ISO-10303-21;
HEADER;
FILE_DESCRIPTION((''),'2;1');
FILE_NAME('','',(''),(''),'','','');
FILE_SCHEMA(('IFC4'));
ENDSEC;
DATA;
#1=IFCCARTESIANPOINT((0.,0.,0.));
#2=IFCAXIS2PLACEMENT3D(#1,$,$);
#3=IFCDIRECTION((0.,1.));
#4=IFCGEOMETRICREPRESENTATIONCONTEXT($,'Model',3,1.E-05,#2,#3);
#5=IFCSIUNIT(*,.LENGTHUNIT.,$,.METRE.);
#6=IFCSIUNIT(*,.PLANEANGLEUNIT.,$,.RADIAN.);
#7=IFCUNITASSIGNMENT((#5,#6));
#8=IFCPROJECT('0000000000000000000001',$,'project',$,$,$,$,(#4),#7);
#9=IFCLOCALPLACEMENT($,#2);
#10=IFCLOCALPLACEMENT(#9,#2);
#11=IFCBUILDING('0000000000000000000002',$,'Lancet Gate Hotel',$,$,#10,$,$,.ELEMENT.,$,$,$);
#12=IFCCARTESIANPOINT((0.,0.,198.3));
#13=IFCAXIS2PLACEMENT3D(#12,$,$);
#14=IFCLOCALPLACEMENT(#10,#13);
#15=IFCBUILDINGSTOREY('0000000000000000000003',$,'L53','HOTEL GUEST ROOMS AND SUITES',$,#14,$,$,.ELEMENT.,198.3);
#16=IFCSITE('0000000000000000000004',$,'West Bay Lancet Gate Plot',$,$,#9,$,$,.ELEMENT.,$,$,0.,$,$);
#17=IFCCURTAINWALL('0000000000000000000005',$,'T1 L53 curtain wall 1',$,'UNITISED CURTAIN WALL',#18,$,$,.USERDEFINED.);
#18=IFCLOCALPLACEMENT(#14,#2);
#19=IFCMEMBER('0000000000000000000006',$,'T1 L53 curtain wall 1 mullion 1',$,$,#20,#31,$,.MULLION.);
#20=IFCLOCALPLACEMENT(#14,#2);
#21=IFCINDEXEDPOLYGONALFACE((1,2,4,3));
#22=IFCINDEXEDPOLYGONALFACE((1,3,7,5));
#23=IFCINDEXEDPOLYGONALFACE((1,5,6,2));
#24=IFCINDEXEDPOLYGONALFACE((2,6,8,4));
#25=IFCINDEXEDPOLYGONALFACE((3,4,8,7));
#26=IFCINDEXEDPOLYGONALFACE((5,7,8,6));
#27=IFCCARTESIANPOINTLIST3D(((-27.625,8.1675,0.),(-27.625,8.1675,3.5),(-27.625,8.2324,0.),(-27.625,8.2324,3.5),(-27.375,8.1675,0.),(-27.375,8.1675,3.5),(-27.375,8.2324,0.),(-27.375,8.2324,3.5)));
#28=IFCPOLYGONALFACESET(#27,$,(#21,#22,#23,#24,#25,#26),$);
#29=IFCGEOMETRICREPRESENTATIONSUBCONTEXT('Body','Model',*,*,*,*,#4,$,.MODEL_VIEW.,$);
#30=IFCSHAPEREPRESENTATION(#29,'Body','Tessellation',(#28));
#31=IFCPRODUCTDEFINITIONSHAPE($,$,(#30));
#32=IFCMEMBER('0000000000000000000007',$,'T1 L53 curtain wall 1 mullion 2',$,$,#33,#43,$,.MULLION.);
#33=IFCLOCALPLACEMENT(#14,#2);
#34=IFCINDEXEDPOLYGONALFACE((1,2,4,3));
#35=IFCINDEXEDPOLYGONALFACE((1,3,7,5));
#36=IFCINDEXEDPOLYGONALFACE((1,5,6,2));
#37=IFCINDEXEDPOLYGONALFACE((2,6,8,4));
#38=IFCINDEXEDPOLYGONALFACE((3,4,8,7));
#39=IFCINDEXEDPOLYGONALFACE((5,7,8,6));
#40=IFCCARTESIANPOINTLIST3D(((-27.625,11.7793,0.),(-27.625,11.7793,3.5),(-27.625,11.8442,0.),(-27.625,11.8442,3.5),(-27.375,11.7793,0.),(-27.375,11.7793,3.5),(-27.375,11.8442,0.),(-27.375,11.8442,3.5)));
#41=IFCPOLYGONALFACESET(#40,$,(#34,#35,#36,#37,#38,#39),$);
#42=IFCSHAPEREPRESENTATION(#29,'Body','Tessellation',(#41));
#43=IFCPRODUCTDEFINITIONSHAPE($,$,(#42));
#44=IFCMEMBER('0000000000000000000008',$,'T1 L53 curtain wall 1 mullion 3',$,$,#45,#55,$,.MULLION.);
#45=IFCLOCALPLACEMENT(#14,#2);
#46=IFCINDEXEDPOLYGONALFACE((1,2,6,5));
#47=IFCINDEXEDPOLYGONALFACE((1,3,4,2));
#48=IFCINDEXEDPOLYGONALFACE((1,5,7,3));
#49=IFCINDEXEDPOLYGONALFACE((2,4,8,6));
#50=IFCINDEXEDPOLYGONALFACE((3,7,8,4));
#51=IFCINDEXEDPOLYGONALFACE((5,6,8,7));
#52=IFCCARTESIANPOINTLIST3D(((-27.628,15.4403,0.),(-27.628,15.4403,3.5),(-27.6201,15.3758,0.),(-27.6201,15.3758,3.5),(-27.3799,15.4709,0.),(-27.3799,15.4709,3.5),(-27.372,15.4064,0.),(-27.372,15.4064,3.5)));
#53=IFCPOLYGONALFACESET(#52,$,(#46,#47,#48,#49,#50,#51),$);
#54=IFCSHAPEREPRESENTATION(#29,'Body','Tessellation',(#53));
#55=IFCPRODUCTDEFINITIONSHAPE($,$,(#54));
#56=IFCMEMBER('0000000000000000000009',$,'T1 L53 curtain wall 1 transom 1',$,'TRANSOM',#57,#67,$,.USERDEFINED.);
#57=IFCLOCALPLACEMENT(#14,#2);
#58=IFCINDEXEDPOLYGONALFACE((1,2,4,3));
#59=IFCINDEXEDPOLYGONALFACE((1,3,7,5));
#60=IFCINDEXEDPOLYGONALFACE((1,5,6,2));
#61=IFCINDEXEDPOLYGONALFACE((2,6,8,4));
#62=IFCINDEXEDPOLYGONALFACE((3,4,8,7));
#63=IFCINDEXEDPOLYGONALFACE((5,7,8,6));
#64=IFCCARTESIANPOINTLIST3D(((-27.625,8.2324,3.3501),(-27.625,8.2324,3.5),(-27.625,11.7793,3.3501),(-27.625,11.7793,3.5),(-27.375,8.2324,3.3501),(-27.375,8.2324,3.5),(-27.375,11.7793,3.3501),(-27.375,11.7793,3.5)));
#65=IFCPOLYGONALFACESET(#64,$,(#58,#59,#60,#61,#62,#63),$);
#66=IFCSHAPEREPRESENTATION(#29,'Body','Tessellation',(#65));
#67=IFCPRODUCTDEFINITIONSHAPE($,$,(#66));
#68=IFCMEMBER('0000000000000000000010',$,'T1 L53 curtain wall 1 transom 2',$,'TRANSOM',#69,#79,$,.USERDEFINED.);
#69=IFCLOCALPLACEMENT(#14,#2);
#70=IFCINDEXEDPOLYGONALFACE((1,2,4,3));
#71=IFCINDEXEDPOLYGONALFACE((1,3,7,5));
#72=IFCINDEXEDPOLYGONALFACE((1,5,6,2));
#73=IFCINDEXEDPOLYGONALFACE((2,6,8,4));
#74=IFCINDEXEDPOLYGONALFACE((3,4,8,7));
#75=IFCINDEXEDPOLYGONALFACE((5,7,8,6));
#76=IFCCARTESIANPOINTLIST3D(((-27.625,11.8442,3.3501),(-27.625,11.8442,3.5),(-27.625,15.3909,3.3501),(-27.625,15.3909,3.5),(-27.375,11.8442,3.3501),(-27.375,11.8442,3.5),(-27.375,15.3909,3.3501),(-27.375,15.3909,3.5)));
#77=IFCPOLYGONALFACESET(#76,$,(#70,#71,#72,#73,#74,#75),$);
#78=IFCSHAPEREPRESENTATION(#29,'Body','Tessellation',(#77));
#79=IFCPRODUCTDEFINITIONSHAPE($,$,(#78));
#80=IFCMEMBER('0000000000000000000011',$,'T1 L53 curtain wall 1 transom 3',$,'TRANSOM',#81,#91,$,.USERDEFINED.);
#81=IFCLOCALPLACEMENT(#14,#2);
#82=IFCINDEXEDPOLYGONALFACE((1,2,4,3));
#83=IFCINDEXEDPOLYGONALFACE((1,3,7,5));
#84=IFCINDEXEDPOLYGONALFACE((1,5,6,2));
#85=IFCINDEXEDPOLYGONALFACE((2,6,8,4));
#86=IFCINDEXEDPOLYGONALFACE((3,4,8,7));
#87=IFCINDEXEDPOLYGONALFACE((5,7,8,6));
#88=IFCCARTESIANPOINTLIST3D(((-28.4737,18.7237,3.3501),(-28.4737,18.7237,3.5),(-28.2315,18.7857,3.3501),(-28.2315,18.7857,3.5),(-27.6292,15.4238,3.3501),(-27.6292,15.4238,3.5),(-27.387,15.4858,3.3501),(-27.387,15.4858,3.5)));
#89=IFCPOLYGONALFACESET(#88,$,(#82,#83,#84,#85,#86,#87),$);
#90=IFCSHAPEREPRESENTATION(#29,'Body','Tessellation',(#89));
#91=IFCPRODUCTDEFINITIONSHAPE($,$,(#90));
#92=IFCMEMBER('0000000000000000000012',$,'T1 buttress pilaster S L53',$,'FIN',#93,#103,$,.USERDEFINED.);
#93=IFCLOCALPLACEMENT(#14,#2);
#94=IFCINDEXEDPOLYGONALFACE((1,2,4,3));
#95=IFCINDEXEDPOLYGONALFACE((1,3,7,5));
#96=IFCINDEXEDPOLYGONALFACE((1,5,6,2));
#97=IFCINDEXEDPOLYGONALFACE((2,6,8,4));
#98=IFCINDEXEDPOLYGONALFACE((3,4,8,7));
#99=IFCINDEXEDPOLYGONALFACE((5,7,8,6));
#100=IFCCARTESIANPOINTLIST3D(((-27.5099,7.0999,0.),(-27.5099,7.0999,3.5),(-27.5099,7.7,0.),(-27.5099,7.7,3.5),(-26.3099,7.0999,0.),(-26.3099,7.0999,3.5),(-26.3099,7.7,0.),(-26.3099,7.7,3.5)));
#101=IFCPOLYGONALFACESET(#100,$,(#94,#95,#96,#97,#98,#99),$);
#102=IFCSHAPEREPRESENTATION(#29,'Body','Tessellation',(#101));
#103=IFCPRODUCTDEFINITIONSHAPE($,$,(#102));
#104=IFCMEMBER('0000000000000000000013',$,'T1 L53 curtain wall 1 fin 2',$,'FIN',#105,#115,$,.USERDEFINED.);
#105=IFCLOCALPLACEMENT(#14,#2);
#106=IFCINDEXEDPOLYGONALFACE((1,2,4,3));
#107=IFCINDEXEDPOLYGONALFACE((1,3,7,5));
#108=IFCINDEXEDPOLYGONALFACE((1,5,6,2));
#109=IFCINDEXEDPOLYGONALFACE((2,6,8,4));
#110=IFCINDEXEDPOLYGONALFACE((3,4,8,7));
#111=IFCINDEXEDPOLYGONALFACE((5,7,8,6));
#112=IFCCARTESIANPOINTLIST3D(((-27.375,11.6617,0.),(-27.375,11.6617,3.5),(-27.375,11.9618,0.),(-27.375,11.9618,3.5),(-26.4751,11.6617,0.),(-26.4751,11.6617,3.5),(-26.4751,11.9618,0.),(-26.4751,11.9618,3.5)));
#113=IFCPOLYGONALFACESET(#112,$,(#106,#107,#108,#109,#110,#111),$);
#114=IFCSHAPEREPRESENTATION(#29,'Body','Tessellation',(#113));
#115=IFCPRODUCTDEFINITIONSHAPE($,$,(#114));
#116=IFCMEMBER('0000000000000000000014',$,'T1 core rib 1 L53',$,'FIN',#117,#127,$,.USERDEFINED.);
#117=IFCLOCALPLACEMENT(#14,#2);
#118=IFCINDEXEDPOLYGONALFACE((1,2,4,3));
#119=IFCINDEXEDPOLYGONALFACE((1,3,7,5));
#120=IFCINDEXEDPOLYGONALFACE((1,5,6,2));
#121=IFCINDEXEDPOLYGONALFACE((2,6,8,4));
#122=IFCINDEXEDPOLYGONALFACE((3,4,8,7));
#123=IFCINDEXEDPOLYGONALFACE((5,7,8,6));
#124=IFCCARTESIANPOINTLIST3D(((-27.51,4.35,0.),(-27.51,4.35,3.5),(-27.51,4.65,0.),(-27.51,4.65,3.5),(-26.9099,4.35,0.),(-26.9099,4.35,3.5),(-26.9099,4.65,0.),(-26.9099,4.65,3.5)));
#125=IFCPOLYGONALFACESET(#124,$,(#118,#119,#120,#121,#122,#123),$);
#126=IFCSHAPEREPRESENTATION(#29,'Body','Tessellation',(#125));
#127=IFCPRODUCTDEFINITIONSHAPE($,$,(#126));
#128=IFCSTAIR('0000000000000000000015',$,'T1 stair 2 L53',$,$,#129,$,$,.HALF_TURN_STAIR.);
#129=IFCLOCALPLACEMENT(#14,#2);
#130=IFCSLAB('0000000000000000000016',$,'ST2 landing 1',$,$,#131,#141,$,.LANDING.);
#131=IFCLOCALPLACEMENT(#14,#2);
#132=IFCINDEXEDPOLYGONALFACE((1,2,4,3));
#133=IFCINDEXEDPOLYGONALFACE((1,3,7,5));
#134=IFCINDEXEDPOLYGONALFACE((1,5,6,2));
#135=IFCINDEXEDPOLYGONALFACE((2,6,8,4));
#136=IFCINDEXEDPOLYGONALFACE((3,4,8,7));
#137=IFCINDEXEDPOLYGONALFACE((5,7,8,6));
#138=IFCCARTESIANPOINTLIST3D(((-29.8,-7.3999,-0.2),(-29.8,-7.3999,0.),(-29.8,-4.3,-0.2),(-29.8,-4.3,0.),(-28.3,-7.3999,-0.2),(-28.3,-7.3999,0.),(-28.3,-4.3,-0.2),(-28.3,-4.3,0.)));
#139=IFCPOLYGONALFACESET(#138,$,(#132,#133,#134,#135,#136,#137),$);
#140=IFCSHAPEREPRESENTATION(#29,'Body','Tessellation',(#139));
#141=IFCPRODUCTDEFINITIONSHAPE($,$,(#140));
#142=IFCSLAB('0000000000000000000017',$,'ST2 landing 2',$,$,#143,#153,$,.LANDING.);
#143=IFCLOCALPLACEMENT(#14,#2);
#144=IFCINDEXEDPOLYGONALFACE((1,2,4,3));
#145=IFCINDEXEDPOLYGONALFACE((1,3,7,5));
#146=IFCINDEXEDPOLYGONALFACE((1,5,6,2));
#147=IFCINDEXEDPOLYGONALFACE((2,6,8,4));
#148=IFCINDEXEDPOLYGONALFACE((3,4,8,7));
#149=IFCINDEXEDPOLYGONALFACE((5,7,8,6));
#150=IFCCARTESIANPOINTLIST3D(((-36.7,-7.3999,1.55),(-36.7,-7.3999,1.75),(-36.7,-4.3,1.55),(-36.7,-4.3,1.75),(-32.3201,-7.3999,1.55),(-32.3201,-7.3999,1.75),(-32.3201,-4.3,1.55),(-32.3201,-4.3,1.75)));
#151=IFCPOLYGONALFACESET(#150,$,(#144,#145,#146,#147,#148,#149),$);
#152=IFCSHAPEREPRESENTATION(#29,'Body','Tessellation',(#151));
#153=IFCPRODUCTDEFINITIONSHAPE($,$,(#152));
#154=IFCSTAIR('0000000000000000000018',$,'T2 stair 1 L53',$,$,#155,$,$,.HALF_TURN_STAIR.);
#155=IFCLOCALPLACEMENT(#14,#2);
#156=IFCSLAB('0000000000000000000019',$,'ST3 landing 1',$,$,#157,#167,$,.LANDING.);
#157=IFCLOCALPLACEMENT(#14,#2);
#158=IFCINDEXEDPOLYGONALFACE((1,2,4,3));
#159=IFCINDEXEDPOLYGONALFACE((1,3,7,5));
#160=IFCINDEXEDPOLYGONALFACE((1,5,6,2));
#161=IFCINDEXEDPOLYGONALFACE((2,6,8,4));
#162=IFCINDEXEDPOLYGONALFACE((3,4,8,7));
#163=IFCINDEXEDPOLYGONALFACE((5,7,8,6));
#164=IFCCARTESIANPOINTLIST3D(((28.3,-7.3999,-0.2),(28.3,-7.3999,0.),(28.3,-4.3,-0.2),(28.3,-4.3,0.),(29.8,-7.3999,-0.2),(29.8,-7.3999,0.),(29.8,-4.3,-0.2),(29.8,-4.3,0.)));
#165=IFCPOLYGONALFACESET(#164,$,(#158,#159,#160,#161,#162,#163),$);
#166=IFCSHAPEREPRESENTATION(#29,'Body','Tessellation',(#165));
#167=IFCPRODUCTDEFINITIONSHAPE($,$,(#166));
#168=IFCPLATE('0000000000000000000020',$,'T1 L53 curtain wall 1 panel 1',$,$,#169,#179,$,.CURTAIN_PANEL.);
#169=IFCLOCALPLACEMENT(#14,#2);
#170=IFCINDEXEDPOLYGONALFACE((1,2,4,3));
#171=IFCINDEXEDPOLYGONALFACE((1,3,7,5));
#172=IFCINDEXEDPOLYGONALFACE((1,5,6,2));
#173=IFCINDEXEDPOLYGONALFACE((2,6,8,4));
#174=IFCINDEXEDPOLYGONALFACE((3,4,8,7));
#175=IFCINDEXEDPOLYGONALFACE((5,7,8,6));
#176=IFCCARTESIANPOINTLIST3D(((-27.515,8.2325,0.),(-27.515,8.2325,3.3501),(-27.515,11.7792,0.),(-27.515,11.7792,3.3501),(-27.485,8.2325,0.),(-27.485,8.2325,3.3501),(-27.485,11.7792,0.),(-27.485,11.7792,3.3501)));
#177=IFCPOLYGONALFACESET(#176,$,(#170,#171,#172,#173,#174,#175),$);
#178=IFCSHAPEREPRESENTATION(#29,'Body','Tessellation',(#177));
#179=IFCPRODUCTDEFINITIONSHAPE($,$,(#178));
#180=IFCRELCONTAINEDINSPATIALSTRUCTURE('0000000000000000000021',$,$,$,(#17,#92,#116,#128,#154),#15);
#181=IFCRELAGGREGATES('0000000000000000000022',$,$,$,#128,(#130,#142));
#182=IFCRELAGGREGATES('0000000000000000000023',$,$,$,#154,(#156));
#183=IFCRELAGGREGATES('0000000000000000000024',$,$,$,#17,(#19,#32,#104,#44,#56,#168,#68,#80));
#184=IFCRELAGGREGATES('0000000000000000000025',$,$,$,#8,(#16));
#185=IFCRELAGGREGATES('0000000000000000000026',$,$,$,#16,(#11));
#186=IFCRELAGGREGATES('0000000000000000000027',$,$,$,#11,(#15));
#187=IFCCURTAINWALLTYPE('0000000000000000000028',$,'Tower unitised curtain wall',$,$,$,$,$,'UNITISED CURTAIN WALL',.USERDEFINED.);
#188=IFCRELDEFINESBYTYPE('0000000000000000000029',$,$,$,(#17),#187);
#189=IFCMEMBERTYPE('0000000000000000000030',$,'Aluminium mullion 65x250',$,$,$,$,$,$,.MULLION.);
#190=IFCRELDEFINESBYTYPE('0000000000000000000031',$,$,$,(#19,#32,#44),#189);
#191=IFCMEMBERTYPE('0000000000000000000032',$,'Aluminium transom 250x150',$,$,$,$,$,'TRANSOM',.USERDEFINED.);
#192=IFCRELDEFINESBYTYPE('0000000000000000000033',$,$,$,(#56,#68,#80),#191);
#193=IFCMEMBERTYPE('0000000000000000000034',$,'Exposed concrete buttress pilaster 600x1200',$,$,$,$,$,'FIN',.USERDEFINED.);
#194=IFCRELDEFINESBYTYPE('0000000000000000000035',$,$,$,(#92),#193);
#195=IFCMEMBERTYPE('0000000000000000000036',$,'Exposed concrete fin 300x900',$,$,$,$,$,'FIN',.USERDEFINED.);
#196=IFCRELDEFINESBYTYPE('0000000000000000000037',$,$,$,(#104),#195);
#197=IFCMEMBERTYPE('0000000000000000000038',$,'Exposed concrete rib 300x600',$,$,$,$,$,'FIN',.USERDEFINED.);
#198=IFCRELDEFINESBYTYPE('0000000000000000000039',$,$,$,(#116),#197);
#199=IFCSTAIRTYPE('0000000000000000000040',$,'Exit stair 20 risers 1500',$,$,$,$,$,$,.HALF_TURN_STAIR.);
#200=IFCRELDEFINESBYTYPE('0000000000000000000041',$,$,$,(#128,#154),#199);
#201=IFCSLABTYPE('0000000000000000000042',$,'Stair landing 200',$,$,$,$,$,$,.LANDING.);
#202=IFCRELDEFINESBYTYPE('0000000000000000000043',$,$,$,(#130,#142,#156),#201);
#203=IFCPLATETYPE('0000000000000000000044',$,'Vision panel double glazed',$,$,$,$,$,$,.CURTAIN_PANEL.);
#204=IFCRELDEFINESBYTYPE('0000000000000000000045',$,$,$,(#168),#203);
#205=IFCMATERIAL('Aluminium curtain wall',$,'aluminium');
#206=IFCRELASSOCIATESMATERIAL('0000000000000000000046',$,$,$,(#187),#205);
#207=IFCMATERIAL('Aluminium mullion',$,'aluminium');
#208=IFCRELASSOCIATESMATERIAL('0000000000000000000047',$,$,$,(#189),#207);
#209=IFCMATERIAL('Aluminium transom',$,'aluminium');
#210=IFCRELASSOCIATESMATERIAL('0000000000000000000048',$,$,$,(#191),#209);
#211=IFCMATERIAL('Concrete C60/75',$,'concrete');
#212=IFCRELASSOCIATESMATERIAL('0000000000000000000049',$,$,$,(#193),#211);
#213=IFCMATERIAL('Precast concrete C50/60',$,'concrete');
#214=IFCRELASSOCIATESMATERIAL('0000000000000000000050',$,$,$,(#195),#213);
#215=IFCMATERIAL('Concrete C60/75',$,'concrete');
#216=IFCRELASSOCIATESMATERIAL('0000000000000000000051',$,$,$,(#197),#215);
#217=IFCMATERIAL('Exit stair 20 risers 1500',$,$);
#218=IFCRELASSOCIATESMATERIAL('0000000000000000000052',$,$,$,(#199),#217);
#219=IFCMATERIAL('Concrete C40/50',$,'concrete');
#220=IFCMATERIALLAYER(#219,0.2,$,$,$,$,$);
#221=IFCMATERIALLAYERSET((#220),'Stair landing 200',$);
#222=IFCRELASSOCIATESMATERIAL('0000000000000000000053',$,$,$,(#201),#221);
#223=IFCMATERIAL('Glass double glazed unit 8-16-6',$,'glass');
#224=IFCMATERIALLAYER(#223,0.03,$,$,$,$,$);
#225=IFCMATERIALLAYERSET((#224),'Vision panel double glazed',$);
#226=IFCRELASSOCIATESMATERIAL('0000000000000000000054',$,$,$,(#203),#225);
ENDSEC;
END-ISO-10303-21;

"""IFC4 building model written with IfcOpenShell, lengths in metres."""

from ifc_helpers import new_model, si_unit, direction, frame, origin, origin_2d, place, context, subcontext, project, spatial, polyline, rectangle, outline, extrude, material, layer, layer_set, material_profile, profile_set, type_object, element, aggregate, save


model = new_model("IFC4")

# Units and contexts
model_context = context("Model", 3, precision=1e-05, world=origin(), true_north=direction((0.0, 1.0)))
body_context = subcontext(model_context, "Body", "Model", "MODEL_VIEW")
ifc_project = project(units=[si_unit("LENGTHUNIT", "METRE"), si_unit("PLANEANGLEUNIT", "RADIAN")], contexts=[model_context])

# Site, building, storey
site_placement = place(None, origin())
site = spatial("IfcSite", under=ifc_project, at=site_placement, Name="West Bay Lancet Gate Plot", CompositionType="ELEMENT", RefElevation=0.0)
building_placement = place(site_placement, origin())
building = spatial("IfcBuilding", under=site, at=building_placement, Name="Lancet Gate Hotel", CompositionType="ELEMENT")
storey_placement = place(building_placement, frame((0.0, 0.0, 198.3)))
storey = spatial("IfcBuildingStorey", under=building, at=storey_placement, Name="L53", Description="HOTEL GUEST ROOMS AND SUITES", CompositionType="ELEMENT", Elevation=198.3)

# Curtain wall, members
ifc_material_1 = material(Name="Aluminium curtain wall", Category="aluminium")
curtain_wall_type = type_object("IfcCurtainWallType", Name="Tower unitised curtain wall", ElementType="UNITISED CURTAIN WALL", PredefinedType="USERDEFINED", material=ifc_material_1)
curtain_wall_placement = place(storey_placement, origin())
curtain_wall = element("IfcCurtainWall", 1, at=curtain_wall_placement, inside=storey, type_object=curtain_wall_type, Name="T1 L53 curtain wall 1", ObjectType="UNITISED CURTAIN WALL", PredefinedType="USERDEFINED")
ifc_material_2 = material(Name="Aluminium mullion", Category="aluminium")
ifc_material_profile_1 = material_profile(ifc_material_2, rectangle(XDim=0.0649, YDim=0.25, at=origin_2d()), Name="MULLION 65x250")
ifc_profile_set_1 = profile_set([ifc_material_profile_1], Name="Aluminium mullion")
member_type_1 = type_object("IfcMemberType", Name="Aluminium mullion 65x250", PredefinedType="MULLION", material=ifc_profile_set_1)
member_1_placement = place(storey_placement, frame((-27.5, 8.2, 0.0), z_axis=(0.0, 0.0, 1.0), x_axis=(0.0, 1.0, 0.0)))
member_1 = element("IfcMember", 2, at=member_1_placement, type_object=member_type_1, Name="T1 L53 curtain wall 1 mullion 1", PredefinedType="MULLION", context=body_context, shape_type="SweptSolid", body=[
    extrude(rectangle(XDim=0.0649, YDim=0.25, at=origin_2d()), origin(), (0.0, 0.0, 1.0), 3.5),
])
member_2_placement = place(storey_placement, frame((-27.5, 11.8118, 0.0), z_axis=(0.0, 0.0, 1.0), x_axis=(0.0, 1.0, 0.0)))
member_2 = element("IfcMember", 3, at=member_2_placement, type_object=member_type_1, Name="T1 L53 curtain wall 1 mullion 2", PredefinedType="MULLION", context=body_context, shape_type="SweptSolid", body=[
    extrude(rectangle(XDim=0.0649, YDim=0.25, at=origin_2d()), origin(), (0.0, 0.0, 1.0), 3.5),
])
member_3_placement = place(storey_placement, frame((-27.5, 15.4233, 0.0), z_axis=(0.0, 0.0, 1.0), x_axis=(-0.122467, 0.992473, 0.0)))
member_3 = element("IfcMember", 4, at=member_3_placement, type_object=member_type_1, Name="T1 L53 curtain wall 1 mullion 3", PredefinedType="MULLION", context=body_context, shape_type="SweptSolid", body=[
    extrude(rectangle(XDim=0.0649, YDim=0.25, at=origin_2d()), origin(), (0.0, 0.0, 1.0), 3.5),
])
ifc_material_3 = material(Name="Aluminium transom", Category="aluminium")
ifc_material_profile_2 = material_profile(ifc_material_3, rectangle(XDim=0.25, YDim=0.1499, at=origin_2d()), Name="TRANSOM 250x150")
ifc_profile_set_2 = profile_set([ifc_material_profile_2], Name="Aluminium transom")
member_type_2 = type_object("IfcMemberType", Name="Aluminium transom 250x150", ElementType="TRANSOM", PredefinedType="USERDEFINED", material=ifc_profile_set_2)
member_4_placement = place(storey_placement, frame((-27.5, 8.2324, 3.425), z_axis=(0.0, 1.0, 0.0), x_axis=(-1.0, 0.0, 0.0)))
member_4 = element("IfcMember", 5, at=member_4_placement, type_object=member_type_2, Name="T1 L53 curtain wall 1 transom 1", ObjectType="TRANSOM", PredefinedType="USERDEFINED", context=body_context, shape_type="SweptSolid", body=[
    extrude(rectangle(XDim=0.25, YDim=0.1499, at=origin_2d()), origin(), (0.0, 0.0, 1.0), 3.5469),
])
member_5_placement = place(storey_placement, frame((-27.5, 11.8442, 3.425), z_axis=(0.0, 1.0, 0.0), x_axis=(-1.0, 0.0, 0.0)))
member_5 = element("IfcMember", 6, at=member_5_placement, type_object=member_type_2, Name="T1 L53 curtain wall 1 transom 2", ObjectType="TRANSOM", PredefinedType="USERDEFINED", context=body_context, shape_type="SweptSolid", body=[
    extrude(rectangle(XDim=0.25, YDim=0.1499, at=origin_2d()), origin(), (0.0, 0.0, 1.0), 3.5466),
])
member_6_placement = place(storey_placement, frame((-27.5081, 15.4548, 3.425), z_axis=(-0.247929, 0.968778, 0.0), x_axis=(-0.968778, -0.247929, 0.0)))
member_6 = element("IfcMember", 7, at=member_6_placement, type_object=member_type_2, Name="T1 L53 curtain wall 1 transom 3", ObjectType="TRANSOM", PredefinedType="USERDEFINED", context=body_context, shape_type="SweptSolid", body=[
    extrude(rectangle(XDim=0.25, YDim=0.1499, at=origin_2d()), origin(), (0.0, 0.0, 1.0), 3.4062),
])

# Members
ifc_material_4 = material(Name="Concrete C60/75", Category="concrete")
ifc_material_profile_3 = material_profile(ifc_material_4, rectangle(XDim=0.6001, YDim=1.2, at=origin_2d()), Name="FIN 600x1200")
ifc_profile_set_3 = profile_set([ifc_material_profile_3], Name="Concrete C60/75")
member_type_3 = type_object("IfcMemberType", Name="Exposed concrete buttress pilaster 600x1200", ElementType="FIN", PredefinedType="USERDEFINED", material=ifc_profile_set_3)
member_7_placement = place(storey_placement, frame((-26.9099, 7.3999, 0.0), z_axis=(0.0, 0.0, 1.0), x_axis=(0.0, 1.0, 0.0)))
element("IfcMember", 8, at=member_7_placement, inside=storey, type_object=member_type_3, Name="T1 buttress pilaster S L53", ObjectType="FIN", PredefinedType="USERDEFINED", context=body_context, shape_type="SweptSolid", body=[
    extrude(rectangle(XDim=0.6001, YDim=1.2, at=origin_2d()), origin(), (0.0, 0.0, 1.0), 3.5),
])
ifc_material_5 = material(Name="Precast concrete C50/60", Category="concrete")
ifc_material_profile_4 = material_profile(ifc_material_5, rectangle(XDim=0.3, YDim=0.8999, at=origin_2d()), Name="FIN 300x900")
ifc_profile_set_4 = profile_set([ifc_material_profile_4], Name="Precast concrete C50/60")
member_type_4 = type_object("IfcMemberType", Name="Exposed concrete fin 300x900", ElementType="FIN", PredefinedType="USERDEFINED", material=ifc_profile_set_4)
member_8_placement = place(storey_placement, frame((-26.925, 11.8118, 0.0), z_axis=(0.0, 0.0, 1.0), x_axis=(0.0, 1.0, 0.0)))
member_8 = element("IfcMember", 9, at=member_8_placement, type_object=member_type_4, Name="T1 L53 curtain wall 1 fin 2", ObjectType="FIN", PredefinedType="USERDEFINED", context=body_context, shape_type="SweptSolid", body=[
    extrude(rectangle(XDim=0.3, YDim=0.8999, at=origin_2d()), origin(), (0.0, 0.0, 1.0), 3.5),
])
ifc_material_6 = material(Name="Concrete C60/75", Category="concrete")
ifc_material_profile_5 = material_profile(ifc_material_6, rectangle(XDim=0.3, YDim=0.6001, at=origin_2d()), Name="FIN 300x600")
ifc_profile_set_5 = profile_set([ifc_material_profile_5], Name="Concrete C60/75")
member_type_5 = type_object("IfcMemberType", Name="Exposed concrete rib 300x600", ElementType="FIN", PredefinedType="USERDEFINED", material=ifc_profile_set_5)
member_9_placement = place(storey_placement, frame((-27.21, 4.5, 0.0), z_axis=(0.0, 0.0, 1.0), x_axis=(0.0, 1.0, 0.0)))
element("IfcMember", 10, at=member_9_placement, inside=storey, type_object=member_type_5, Name="T1 core rib 1 L53", ObjectType="FIN", PredefinedType="USERDEFINED", context=body_context, shape_type="SweptSolid", body=[
    extrude(rectangle(XDim=0.3, YDim=0.6001, at=origin_2d()), origin(), (0.0, 0.0, 1.0), 3.5),
])

# Stair, slabs
ifc_material_7 = material(Name="Exit stair 20 risers 1500")
stair_type = type_object("IfcStairType", Name="Exit stair 20 risers 1500", PredefinedType="HALF_TURN_STAIR", material=ifc_material_7)
stair_1_placement = place(storey_placement, origin())
stair_1 = element("IfcStair", 11, at=stair_1_placement, inside=storey, type_object=stair_type, Name="T1 stair 2 L53", PredefinedType="HALF_TURN_STAIR")
ifc_material_8 = material(Name="Concrete C40/50", Category="concrete")
ifc_layer_1 = layer(ifc_material_8, 0.2)
ifc_layer_set_1 = layer_set([ifc_layer_1], Name="Stair landing 200")
slab_type = type_object("IfcSlabType", Name="Stair landing 200", PredefinedType="LANDING", material=ifc_layer_set_1)
slab_1_placement = place(storey_placement, frame((0.0, 0.0, -0.2)))
slab_1 = element("IfcSlab", 12, at=slab_1_placement, type_object=slab_type, Name="ST2 landing 1", PredefinedType="LANDING", context=body_context, shape_type="SweptSolid", body=[
    extrude(outline(polyline([(-28.3, -4.3), (-29.8, -4.3), (-29.8, -7.3999), (-28.3, -7.3999), (-28.3, -4.3)])), origin(), (0.0, 0.0, 1.0), 0.2),
])
slab_2_placement = place(storey_placement, frame((0.0, 0.0, 1.55)))
slab_2 = element("IfcSlab", 13, at=slab_2_placement, type_object=slab_type, Name="ST2 landing 2", PredefinedType="LANDING", context=body_context, shape_type="SweptSolid", body=[
    extrude(outline(polyline([(-32.3201, -4.3), (-36.7, -4.3), (-36.7, -7.3999), (-32.3201, -7.3999), (-32.3201, -4.3)])), origin(), (0.0, 0.0, 1.0), 0.2),
])
aggregate(stair_1, [slab_1, slab_2])

# Stair, slab
stair_2_placement = place(storey_placement, origin())
stair_2 = element("IfcStair", 14, at=stair_2_placement, inside=storey, type_object=stair_type, Name="T2 stair 1 L53", PredefinedType="HALF_TURN_STAIR")
slab_3_placement = place(storey_placement, frame((0.0, 0.0, -0.2)))
slab_3 = element("IfcSlab", 15, at=slab_3_placement, type_object=slab_type, Name="ST3 landing 1", PredefinedType="LANDING", context=body_context, shape_type="SweptSolid", body=[
    extrude(outline(polyline([(28.3, -7.3999), (29.8, -7.3999), (29.8, -4.3), (28.3, -4.3), (28.3, -7.3999)])), origin(), (0.0, 0.0, 1.0), 0.2),
])
aggregate(stair_2, [slab_3])

# Plate
ifc_material_9 = material(Name="Glass double glazed unit 8-16-6", Category="glass")
ifc_layer_2 = layer(ifc_material_9, 0.03)
ifc_layer_set_2 = layer_set([ifc_layer_2], Name="Vision panel double glazed")
plate_type = type_object("IfcPlateType", Name="Vision panel double glazed", PredefinedType="CURTAIN_PANEL", material=ifc_layer_set_2)
plate_1_placement = place(storey_placement, frame((-27.5, 10.0059, 0.0), z_axis=(0.0, 0.0, 1.0), x_axis=(0.0, 1.0, 0.0)))
plate_1 = element("IfcPlate", 16, at=plate_1_placement, type_object=plate_type, Name="T1 L53 curtain wall 1 panel 1", PredefinedType="CURTAIN_PANEL", context=body_context, shape_type="SweptSolid", body=[
    extrude(rectangle(XDim=3.5466, YDim=0.03, at=origin_2d()), origin(), (0.0, 0.0, 1.0), 3.3501),
])
aggregate(curtain_wall, [member_1, member_2, member_8, member_3, member_4, plate_1, member_5, member_6])

save(model, "model.ifc")
